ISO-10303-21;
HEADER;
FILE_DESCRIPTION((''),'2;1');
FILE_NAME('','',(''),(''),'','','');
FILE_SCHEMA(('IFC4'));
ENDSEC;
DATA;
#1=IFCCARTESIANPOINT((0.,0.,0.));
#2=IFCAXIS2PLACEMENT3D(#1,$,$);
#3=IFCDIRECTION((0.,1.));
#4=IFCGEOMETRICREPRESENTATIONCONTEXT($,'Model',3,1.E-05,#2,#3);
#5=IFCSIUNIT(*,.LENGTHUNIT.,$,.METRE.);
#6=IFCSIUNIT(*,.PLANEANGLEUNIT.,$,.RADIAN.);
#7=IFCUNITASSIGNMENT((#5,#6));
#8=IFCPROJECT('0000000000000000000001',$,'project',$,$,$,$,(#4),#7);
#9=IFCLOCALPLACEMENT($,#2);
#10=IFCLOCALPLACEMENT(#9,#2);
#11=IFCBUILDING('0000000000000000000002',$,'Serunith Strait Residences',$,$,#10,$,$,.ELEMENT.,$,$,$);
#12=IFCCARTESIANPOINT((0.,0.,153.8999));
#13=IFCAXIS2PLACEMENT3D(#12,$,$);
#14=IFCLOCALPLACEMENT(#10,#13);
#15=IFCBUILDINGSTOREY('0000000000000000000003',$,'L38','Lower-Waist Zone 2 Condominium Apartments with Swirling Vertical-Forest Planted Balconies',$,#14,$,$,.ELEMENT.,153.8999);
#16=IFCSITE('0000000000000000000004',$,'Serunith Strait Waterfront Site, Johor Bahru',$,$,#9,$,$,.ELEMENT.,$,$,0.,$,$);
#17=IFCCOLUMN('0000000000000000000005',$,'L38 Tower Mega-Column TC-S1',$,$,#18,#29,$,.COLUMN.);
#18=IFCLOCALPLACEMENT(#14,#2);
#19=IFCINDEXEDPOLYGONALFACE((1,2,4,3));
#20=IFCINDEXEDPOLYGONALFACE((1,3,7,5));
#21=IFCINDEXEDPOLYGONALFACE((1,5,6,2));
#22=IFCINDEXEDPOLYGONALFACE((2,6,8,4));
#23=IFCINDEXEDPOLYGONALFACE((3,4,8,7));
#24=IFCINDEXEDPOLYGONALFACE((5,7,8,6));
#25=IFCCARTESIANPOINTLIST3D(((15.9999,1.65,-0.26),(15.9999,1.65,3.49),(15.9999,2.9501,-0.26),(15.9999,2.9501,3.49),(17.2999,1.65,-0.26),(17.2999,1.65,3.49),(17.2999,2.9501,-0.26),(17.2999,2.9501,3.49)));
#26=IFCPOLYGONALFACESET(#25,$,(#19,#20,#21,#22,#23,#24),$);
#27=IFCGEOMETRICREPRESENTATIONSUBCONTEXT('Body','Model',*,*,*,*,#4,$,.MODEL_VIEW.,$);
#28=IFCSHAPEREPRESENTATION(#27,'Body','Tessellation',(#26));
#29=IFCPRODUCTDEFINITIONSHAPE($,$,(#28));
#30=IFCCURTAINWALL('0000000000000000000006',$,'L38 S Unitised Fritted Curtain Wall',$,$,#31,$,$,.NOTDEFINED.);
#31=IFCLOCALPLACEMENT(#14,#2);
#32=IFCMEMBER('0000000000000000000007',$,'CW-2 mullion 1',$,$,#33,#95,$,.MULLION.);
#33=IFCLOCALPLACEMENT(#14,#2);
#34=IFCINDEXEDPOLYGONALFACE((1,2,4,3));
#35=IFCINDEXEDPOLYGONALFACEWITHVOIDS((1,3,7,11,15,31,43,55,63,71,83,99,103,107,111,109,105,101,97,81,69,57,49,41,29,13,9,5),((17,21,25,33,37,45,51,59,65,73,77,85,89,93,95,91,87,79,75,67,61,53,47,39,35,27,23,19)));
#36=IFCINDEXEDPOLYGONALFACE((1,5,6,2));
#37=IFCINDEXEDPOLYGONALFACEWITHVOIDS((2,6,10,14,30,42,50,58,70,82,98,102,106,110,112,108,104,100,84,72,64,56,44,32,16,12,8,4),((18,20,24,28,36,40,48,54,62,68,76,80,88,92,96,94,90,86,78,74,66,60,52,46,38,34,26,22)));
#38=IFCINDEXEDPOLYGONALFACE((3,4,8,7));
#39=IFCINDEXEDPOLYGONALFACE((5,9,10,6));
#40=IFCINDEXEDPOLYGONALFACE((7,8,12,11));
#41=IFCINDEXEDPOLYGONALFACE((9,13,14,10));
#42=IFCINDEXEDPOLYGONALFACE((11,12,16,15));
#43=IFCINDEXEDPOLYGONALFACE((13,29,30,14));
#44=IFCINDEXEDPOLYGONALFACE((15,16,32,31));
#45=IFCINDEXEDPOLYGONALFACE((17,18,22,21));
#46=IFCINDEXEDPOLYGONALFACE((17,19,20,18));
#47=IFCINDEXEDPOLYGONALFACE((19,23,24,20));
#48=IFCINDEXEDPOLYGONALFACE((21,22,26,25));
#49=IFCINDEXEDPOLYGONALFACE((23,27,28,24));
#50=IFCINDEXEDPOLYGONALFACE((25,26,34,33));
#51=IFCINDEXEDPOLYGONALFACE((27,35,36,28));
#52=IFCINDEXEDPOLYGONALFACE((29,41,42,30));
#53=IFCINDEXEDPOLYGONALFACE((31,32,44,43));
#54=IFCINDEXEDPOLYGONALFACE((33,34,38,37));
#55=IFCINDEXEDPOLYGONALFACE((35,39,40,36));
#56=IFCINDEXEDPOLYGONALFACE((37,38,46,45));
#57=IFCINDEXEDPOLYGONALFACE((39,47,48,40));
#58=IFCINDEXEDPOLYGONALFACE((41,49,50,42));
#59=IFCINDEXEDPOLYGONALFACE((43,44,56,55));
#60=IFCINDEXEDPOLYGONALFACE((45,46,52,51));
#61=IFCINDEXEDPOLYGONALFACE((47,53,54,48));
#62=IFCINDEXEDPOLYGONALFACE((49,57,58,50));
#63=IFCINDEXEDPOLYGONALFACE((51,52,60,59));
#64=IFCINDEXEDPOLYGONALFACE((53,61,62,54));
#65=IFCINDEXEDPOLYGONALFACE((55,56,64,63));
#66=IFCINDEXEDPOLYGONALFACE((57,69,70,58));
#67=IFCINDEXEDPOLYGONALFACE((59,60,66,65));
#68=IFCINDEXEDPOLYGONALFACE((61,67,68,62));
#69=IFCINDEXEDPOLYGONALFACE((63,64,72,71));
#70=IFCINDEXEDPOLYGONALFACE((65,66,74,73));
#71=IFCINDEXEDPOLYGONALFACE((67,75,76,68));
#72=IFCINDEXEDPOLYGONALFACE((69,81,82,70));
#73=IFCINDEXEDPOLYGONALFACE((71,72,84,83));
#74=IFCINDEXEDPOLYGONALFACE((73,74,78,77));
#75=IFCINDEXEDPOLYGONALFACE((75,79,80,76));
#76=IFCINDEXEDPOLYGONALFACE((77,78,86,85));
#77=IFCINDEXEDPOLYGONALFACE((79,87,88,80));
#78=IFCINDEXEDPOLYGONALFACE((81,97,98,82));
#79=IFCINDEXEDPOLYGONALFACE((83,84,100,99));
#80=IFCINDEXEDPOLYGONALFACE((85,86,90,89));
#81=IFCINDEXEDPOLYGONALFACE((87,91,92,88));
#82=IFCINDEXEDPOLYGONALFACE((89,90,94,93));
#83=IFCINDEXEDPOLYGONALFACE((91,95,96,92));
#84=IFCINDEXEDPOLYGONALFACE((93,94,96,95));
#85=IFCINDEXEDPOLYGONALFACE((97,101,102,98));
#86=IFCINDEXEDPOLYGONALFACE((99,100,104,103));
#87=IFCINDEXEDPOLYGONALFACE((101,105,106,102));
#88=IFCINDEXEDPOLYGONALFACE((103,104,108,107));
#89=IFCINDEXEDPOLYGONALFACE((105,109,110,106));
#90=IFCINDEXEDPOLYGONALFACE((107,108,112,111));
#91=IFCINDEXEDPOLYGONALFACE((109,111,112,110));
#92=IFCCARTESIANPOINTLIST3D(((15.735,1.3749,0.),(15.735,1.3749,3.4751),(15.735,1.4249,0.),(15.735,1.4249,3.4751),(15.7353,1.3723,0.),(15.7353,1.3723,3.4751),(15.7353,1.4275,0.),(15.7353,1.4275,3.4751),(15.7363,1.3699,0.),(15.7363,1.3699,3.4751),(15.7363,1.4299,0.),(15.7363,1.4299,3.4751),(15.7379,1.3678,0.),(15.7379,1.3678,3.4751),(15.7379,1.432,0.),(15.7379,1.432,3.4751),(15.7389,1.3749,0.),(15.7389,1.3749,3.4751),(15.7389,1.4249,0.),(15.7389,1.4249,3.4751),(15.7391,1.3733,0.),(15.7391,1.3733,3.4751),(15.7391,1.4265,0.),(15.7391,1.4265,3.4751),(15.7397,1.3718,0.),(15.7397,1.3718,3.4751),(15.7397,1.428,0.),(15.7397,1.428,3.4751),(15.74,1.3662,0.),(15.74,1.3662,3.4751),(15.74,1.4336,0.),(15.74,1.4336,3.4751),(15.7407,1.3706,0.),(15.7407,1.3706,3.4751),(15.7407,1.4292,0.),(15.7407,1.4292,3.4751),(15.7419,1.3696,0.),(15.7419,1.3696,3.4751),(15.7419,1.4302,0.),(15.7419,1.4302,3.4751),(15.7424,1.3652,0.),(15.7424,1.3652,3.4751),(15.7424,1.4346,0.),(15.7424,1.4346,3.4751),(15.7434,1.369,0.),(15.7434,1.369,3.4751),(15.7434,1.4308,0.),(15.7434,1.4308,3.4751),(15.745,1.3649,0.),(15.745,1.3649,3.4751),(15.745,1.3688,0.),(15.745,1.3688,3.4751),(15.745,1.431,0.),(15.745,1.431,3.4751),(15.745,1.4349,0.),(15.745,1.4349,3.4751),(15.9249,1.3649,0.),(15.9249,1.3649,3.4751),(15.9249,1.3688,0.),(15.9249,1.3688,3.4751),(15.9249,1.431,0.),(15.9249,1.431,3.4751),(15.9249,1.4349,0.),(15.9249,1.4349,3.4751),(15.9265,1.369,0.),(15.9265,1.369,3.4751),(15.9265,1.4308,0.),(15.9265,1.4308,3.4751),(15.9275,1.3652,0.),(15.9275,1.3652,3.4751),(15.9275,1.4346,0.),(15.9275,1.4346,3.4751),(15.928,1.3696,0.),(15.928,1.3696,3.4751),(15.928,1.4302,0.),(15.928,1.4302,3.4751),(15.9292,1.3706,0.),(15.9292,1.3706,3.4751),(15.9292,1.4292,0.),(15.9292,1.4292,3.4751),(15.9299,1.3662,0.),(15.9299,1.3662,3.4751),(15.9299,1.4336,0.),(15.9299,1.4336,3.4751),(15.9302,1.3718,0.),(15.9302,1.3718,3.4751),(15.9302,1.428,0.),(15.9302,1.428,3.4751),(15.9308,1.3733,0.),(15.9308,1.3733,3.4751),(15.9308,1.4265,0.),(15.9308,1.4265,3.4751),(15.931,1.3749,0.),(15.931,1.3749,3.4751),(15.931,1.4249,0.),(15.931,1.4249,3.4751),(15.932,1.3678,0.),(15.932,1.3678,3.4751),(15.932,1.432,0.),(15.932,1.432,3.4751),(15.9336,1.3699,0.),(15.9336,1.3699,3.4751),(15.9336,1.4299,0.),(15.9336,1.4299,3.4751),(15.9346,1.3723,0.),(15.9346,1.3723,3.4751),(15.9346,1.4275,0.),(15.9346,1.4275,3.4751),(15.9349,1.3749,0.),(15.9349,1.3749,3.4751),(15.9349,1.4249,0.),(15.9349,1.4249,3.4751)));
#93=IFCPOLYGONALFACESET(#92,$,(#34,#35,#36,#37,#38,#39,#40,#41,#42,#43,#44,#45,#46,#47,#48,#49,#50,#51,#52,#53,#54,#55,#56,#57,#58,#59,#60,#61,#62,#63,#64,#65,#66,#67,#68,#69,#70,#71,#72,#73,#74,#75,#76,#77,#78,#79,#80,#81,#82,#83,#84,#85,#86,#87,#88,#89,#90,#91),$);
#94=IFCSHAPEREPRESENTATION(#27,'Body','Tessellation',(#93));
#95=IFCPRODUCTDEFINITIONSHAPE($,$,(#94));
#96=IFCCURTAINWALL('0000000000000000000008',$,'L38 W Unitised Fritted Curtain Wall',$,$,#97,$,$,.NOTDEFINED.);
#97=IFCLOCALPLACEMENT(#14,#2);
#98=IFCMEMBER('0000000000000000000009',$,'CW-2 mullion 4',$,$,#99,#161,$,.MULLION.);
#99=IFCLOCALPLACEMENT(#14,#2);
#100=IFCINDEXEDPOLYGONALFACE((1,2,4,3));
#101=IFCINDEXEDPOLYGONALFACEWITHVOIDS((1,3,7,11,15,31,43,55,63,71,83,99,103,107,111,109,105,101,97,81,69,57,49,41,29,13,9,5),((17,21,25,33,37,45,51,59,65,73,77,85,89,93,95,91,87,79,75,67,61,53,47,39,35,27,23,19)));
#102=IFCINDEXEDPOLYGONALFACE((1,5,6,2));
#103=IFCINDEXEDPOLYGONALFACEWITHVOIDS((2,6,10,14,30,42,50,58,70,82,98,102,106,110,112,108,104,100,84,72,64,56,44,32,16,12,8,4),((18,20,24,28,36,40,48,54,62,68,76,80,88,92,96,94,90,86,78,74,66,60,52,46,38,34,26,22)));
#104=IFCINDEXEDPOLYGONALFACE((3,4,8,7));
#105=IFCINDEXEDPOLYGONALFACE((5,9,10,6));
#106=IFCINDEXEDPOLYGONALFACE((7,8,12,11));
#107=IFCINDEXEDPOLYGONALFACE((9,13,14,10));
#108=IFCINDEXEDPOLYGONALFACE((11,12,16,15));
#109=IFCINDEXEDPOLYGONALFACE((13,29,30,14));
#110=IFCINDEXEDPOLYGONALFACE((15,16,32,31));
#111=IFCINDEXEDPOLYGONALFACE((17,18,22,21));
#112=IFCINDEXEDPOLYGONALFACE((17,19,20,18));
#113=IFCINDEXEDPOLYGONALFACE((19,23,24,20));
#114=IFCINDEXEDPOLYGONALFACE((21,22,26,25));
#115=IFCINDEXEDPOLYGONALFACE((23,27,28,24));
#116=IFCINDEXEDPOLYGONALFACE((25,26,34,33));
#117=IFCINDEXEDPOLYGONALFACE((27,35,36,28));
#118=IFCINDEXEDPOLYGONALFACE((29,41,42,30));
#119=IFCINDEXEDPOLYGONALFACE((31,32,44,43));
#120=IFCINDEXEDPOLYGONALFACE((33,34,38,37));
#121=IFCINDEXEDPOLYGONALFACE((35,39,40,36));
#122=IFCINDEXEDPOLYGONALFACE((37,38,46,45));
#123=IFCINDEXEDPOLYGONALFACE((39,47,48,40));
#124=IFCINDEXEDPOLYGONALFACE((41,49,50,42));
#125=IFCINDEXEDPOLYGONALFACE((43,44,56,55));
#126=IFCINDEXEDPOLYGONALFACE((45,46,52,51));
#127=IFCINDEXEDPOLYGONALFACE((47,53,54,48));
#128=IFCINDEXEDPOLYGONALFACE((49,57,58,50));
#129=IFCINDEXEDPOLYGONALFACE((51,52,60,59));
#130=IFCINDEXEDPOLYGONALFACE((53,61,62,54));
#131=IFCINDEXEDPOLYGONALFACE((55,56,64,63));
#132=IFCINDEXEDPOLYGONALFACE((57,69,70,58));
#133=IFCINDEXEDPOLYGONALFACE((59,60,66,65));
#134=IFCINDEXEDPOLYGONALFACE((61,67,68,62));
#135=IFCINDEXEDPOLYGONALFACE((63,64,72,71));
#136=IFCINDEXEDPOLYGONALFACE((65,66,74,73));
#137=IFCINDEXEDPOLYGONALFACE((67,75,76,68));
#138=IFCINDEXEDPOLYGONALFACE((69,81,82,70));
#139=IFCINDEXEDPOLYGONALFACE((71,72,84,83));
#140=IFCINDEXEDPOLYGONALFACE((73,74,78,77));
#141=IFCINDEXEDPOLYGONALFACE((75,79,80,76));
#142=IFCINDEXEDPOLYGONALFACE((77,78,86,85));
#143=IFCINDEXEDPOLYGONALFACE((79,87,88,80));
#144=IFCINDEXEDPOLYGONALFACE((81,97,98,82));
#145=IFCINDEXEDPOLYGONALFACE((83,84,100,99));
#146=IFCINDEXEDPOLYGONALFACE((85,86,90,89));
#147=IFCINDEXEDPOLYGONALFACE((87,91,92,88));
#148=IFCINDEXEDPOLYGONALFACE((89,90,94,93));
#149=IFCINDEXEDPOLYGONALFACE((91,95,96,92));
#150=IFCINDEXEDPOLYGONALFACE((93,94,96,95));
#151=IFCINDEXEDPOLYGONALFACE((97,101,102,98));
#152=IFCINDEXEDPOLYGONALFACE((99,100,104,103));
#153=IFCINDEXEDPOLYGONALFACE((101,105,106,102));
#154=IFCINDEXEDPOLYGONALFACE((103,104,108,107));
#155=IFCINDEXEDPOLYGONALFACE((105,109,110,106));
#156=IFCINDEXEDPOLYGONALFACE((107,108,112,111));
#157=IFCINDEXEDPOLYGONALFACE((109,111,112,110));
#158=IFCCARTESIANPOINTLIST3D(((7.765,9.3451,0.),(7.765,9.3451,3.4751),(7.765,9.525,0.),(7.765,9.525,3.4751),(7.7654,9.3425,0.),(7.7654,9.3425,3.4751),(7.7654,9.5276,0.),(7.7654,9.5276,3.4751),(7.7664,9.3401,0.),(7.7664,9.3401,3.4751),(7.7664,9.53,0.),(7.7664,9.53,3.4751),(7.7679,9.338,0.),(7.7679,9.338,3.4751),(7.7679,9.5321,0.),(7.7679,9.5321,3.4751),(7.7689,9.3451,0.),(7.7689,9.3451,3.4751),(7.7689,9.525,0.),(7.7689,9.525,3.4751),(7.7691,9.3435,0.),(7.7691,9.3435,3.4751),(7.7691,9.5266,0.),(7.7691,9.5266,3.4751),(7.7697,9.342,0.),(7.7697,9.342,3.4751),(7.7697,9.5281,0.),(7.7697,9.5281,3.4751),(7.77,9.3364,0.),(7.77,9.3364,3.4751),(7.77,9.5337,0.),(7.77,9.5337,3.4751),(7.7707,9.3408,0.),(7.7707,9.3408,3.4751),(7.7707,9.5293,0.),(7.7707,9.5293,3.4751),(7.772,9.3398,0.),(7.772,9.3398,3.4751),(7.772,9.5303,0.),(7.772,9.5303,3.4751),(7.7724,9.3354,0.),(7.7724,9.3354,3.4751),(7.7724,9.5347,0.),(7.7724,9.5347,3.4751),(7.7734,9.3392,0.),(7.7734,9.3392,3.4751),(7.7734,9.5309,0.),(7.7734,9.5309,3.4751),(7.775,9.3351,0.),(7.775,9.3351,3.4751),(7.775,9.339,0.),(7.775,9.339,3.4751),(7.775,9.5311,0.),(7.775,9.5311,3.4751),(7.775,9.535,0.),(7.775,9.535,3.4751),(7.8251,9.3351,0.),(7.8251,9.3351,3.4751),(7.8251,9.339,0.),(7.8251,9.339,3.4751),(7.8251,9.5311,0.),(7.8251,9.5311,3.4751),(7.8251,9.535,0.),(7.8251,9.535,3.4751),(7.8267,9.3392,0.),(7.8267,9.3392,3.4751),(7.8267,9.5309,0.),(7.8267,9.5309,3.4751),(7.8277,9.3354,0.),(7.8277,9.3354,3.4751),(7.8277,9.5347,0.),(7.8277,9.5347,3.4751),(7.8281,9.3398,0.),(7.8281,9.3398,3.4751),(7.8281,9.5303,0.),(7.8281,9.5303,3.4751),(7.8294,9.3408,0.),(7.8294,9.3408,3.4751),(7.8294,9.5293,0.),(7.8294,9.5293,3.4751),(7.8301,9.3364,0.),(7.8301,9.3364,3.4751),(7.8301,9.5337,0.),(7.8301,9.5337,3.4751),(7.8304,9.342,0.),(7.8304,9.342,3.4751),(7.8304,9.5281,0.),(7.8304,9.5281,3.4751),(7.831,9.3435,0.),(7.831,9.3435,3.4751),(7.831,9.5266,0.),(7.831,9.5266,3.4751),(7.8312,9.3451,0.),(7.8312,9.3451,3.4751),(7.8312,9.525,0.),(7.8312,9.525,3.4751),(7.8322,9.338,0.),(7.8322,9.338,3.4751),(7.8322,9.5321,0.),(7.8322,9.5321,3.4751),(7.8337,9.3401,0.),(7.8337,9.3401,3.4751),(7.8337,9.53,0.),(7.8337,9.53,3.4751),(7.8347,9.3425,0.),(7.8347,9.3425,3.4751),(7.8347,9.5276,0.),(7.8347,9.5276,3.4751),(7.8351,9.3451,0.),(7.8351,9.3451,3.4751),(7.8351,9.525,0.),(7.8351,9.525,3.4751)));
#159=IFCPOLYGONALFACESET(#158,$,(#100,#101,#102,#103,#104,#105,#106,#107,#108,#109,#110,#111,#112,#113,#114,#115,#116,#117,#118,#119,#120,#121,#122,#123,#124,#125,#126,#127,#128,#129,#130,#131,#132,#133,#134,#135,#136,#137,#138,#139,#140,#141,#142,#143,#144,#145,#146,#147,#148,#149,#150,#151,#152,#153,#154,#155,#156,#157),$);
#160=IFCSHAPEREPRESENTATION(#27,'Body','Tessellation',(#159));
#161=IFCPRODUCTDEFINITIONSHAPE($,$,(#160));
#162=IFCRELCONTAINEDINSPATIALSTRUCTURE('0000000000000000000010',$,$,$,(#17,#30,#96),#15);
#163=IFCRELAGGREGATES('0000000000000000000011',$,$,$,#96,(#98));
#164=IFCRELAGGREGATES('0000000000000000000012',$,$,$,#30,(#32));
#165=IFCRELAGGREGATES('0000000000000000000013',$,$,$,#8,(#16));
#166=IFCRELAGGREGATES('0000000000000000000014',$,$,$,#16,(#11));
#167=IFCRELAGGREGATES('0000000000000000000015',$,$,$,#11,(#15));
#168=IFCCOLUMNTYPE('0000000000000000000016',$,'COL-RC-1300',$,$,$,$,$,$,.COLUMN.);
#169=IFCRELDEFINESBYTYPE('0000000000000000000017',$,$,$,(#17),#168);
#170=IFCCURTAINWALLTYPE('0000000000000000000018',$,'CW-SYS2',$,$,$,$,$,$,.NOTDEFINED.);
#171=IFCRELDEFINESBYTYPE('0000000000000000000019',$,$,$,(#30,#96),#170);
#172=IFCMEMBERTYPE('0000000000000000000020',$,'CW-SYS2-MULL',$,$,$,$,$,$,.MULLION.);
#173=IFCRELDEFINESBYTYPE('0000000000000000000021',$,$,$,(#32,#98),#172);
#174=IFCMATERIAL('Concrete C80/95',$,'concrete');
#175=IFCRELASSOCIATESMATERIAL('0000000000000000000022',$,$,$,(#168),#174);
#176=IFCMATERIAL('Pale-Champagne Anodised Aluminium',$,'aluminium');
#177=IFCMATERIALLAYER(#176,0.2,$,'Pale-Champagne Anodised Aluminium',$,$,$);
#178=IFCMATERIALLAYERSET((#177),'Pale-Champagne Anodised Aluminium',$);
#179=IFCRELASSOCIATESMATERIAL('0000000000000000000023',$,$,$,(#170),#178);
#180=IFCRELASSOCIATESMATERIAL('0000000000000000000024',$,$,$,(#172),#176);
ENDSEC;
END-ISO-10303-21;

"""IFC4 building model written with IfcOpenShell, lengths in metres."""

from ifc_helpers import new_model, si_unit, direction, frame, origin, origin_2d, place, context, subcontext, project, spatial, rectangle, hollow_rectangle, extrude, source, transform, mapped, material, layer, layer_set, material_profile, profile_set, type_object, element, aggregate, save


model = new_model("IFC4")

# Units and contexts
model_context = context("Model", 3, precision=1e-05, world=origin(), true_north=direction((0.0, 1.0)))
body_context = subcontext(model_context, "Body", "Model", "MODEL_VIEW")
ifc_project = project(units=[si_unit("LENGTHUNIT", "METRE"), si_unit("PLANEANGLEUNIT", "RADIAN")], contexts=[model_context])

# Site, building, storey
site_placement = place(None, origin())
site = spatial("IfcSite", under=ifc_project, at=site_placement, Name="Serunith Strait Waterfront Site, Johor Bahru", CompositionType="ELEMENT", RefElevation=0.0)
building_placement = place(site_placement, origin())
building = spatial("IfcBuilding", under=site, at=building_placement, Name="Serunith Strait Residences", CompositionType="ELEMENT")
storey_placement = place(building_placement, frame((0.0, 0.0, 153.8999)))
storey = spatial("IfcBuildingStorey", under=building, at=storey_placement, Name="L38", Description="Lower-Waist Zone 2 Condominium Apartments with Swirling Vertical-Forest Planted Balconies", CompositionType="ELEMENT", Elevation=153.8999)

# Column
ifc_material_1 = material(Name="Concrete C80/95", Category="concrete")
ifc_material_profile_1 = material_profile(ifc_material_1, rectangle(XDim=1.3, YDim=1.3, at=origin_2d()), Name="RC 1300x1300")
ifc_profile_set_1 = profile_set([ifc_material_profile_1], Name="Concrete C80/95")
column_type = type_object("IfcColumnType", Name="COL-RC-1300", PredefinedType="COLUMN", material=ifc_profile_set_1)
shared_shape_1 = source(origin(), body_context, "Body", "SweptSolid", [
    extrude(rectangle(XDim=1.3, YDim=1.3, at=origin_2d()), origin(), (0.0, 0.0, 1.0), 3.75),
])
column_placement = place(storey_placement, frame((16.6499, 2.3, -0.26), z_axis=(0.0, 0.0, 1.0), x_axis=(1.0, 0.0, 0.0)))
element("IfcColumn", 1, at=column_placement, inside=storey, type_object=column_type, Name="L38 Tower Mega-Column TC-S1", PredefinedType="COLUMN", context=body_context, shape_type="MappedRepresentation", body=[
    mapped(shared_shape_1, transform((0.0, 0.0, 0.0), scale=1.0)),
])

# Curtain walls, members
ifc_material_2 = material(Name="Pale-Champagne Anodised Aluminium", Category="aluminium")
ifc_layer_1 = layer(ifc_material_2, 0.2, Name="Pale-Champagne Anodised Aluminium")
ifc_layer_set_1 = layer_set([ifc_layer_1], Name="Pale-Champagne Anodised Aluminium")
curtain_wall_type = type_object("IfcCurtainWallType", Name="CW-SYS2", PredefinedType="NOTDEFINED", material=ifc_layer_set_1)
curtain_wall_1_placement = place(storey_placement, origin())
curtain_wall_1 = element("IfcCurtainWall", 2, at=curtain_wall_1_placement, inside=storey, type_object=curtain_wall_type, Name="L38 S Unitised Fritted Curtain Wall", PredefinedType="NOTDEFINED")
ifc_material_profile_2 = material_profile(ifc_material_2, hollow_rectangle(XDim=0.0701, YDim=0.2, WallThickness=0.0039, InnerFilletRadius=0.0061, OuterFilletRadius=0.01, at=origin_2d()), Name="ALU 200x70x4")
ifc_profile_set_2 = profile_set([ifc_material_profile_2], Name="Pale-Champagne Anodised Aluminium")
member_type_1 = type_object("IfcMemberType", Name="CW-SYS2-MULL", PredefinedType="MULLION", material=ifc_profile_set_2)
shared_shape_2 = source(origin(), body_context, "Body", "SweptSolid", [
    extrude(hollow_rectangle(XDim=0.0701, YDim=0.2, WallThickness=0.0039, InnerFilletRadius=0.0061, OuterFilletRadius=0.01, at=origin_2d()), origin(), (0.0, 0.0, 1.0), 3.4751),
])
member_1_placement = place(storey_placement, frame((15.835, 1.3999, 0.0), z_axis=(0.0, 0.0, 1.0), x_axis=(0.0, 1.0, 0.0)))
member_1 = element("IfcMember", 3, at=member_1_placement, type_object=member_type_1, Name="CW-2 mullion 1", PredefinedType="MULLION", context=body_context, shape_type="MappedRepresentation", body=[
    mapped(shared_shape_2, transform((0.0, 0.0, 0.0), scale=1.0)),
])
curtain_wall_2_placement = place(storey_placement, origin())
curtain_wall_2 = element("IfcCurtainWall", 4, at=curtain_wall_2_placement, inside=storey, type_object=curtain_wall_type, Name="L38 W Unitised Fritted Curtain Wall", PredefinedType="NOTDEFINED")
member_2_placement = place(storey_placement, frame((7.8, 9.4351, 0.0), z_axis=(0.0, 0.0, 1.0), x_axis=(1.0, 0.0, 0.0)))
member_2 = element("IfcMember", 5, at=member_2_placement, type_object=member_type_1, Name="CW-2 mullion 4", PredefinedType="MULLION", context=body_context, shape_type="MappedRepresentation", body=[
    mapped(shared_shape_2, transform((0.0, 0.0, 0.0), scale=1.0)),
])
aggregate(curtain_wall_2, [member_2])

aggregate(curtain_wall_1, [member_1])

save(model, "model.ifc")
